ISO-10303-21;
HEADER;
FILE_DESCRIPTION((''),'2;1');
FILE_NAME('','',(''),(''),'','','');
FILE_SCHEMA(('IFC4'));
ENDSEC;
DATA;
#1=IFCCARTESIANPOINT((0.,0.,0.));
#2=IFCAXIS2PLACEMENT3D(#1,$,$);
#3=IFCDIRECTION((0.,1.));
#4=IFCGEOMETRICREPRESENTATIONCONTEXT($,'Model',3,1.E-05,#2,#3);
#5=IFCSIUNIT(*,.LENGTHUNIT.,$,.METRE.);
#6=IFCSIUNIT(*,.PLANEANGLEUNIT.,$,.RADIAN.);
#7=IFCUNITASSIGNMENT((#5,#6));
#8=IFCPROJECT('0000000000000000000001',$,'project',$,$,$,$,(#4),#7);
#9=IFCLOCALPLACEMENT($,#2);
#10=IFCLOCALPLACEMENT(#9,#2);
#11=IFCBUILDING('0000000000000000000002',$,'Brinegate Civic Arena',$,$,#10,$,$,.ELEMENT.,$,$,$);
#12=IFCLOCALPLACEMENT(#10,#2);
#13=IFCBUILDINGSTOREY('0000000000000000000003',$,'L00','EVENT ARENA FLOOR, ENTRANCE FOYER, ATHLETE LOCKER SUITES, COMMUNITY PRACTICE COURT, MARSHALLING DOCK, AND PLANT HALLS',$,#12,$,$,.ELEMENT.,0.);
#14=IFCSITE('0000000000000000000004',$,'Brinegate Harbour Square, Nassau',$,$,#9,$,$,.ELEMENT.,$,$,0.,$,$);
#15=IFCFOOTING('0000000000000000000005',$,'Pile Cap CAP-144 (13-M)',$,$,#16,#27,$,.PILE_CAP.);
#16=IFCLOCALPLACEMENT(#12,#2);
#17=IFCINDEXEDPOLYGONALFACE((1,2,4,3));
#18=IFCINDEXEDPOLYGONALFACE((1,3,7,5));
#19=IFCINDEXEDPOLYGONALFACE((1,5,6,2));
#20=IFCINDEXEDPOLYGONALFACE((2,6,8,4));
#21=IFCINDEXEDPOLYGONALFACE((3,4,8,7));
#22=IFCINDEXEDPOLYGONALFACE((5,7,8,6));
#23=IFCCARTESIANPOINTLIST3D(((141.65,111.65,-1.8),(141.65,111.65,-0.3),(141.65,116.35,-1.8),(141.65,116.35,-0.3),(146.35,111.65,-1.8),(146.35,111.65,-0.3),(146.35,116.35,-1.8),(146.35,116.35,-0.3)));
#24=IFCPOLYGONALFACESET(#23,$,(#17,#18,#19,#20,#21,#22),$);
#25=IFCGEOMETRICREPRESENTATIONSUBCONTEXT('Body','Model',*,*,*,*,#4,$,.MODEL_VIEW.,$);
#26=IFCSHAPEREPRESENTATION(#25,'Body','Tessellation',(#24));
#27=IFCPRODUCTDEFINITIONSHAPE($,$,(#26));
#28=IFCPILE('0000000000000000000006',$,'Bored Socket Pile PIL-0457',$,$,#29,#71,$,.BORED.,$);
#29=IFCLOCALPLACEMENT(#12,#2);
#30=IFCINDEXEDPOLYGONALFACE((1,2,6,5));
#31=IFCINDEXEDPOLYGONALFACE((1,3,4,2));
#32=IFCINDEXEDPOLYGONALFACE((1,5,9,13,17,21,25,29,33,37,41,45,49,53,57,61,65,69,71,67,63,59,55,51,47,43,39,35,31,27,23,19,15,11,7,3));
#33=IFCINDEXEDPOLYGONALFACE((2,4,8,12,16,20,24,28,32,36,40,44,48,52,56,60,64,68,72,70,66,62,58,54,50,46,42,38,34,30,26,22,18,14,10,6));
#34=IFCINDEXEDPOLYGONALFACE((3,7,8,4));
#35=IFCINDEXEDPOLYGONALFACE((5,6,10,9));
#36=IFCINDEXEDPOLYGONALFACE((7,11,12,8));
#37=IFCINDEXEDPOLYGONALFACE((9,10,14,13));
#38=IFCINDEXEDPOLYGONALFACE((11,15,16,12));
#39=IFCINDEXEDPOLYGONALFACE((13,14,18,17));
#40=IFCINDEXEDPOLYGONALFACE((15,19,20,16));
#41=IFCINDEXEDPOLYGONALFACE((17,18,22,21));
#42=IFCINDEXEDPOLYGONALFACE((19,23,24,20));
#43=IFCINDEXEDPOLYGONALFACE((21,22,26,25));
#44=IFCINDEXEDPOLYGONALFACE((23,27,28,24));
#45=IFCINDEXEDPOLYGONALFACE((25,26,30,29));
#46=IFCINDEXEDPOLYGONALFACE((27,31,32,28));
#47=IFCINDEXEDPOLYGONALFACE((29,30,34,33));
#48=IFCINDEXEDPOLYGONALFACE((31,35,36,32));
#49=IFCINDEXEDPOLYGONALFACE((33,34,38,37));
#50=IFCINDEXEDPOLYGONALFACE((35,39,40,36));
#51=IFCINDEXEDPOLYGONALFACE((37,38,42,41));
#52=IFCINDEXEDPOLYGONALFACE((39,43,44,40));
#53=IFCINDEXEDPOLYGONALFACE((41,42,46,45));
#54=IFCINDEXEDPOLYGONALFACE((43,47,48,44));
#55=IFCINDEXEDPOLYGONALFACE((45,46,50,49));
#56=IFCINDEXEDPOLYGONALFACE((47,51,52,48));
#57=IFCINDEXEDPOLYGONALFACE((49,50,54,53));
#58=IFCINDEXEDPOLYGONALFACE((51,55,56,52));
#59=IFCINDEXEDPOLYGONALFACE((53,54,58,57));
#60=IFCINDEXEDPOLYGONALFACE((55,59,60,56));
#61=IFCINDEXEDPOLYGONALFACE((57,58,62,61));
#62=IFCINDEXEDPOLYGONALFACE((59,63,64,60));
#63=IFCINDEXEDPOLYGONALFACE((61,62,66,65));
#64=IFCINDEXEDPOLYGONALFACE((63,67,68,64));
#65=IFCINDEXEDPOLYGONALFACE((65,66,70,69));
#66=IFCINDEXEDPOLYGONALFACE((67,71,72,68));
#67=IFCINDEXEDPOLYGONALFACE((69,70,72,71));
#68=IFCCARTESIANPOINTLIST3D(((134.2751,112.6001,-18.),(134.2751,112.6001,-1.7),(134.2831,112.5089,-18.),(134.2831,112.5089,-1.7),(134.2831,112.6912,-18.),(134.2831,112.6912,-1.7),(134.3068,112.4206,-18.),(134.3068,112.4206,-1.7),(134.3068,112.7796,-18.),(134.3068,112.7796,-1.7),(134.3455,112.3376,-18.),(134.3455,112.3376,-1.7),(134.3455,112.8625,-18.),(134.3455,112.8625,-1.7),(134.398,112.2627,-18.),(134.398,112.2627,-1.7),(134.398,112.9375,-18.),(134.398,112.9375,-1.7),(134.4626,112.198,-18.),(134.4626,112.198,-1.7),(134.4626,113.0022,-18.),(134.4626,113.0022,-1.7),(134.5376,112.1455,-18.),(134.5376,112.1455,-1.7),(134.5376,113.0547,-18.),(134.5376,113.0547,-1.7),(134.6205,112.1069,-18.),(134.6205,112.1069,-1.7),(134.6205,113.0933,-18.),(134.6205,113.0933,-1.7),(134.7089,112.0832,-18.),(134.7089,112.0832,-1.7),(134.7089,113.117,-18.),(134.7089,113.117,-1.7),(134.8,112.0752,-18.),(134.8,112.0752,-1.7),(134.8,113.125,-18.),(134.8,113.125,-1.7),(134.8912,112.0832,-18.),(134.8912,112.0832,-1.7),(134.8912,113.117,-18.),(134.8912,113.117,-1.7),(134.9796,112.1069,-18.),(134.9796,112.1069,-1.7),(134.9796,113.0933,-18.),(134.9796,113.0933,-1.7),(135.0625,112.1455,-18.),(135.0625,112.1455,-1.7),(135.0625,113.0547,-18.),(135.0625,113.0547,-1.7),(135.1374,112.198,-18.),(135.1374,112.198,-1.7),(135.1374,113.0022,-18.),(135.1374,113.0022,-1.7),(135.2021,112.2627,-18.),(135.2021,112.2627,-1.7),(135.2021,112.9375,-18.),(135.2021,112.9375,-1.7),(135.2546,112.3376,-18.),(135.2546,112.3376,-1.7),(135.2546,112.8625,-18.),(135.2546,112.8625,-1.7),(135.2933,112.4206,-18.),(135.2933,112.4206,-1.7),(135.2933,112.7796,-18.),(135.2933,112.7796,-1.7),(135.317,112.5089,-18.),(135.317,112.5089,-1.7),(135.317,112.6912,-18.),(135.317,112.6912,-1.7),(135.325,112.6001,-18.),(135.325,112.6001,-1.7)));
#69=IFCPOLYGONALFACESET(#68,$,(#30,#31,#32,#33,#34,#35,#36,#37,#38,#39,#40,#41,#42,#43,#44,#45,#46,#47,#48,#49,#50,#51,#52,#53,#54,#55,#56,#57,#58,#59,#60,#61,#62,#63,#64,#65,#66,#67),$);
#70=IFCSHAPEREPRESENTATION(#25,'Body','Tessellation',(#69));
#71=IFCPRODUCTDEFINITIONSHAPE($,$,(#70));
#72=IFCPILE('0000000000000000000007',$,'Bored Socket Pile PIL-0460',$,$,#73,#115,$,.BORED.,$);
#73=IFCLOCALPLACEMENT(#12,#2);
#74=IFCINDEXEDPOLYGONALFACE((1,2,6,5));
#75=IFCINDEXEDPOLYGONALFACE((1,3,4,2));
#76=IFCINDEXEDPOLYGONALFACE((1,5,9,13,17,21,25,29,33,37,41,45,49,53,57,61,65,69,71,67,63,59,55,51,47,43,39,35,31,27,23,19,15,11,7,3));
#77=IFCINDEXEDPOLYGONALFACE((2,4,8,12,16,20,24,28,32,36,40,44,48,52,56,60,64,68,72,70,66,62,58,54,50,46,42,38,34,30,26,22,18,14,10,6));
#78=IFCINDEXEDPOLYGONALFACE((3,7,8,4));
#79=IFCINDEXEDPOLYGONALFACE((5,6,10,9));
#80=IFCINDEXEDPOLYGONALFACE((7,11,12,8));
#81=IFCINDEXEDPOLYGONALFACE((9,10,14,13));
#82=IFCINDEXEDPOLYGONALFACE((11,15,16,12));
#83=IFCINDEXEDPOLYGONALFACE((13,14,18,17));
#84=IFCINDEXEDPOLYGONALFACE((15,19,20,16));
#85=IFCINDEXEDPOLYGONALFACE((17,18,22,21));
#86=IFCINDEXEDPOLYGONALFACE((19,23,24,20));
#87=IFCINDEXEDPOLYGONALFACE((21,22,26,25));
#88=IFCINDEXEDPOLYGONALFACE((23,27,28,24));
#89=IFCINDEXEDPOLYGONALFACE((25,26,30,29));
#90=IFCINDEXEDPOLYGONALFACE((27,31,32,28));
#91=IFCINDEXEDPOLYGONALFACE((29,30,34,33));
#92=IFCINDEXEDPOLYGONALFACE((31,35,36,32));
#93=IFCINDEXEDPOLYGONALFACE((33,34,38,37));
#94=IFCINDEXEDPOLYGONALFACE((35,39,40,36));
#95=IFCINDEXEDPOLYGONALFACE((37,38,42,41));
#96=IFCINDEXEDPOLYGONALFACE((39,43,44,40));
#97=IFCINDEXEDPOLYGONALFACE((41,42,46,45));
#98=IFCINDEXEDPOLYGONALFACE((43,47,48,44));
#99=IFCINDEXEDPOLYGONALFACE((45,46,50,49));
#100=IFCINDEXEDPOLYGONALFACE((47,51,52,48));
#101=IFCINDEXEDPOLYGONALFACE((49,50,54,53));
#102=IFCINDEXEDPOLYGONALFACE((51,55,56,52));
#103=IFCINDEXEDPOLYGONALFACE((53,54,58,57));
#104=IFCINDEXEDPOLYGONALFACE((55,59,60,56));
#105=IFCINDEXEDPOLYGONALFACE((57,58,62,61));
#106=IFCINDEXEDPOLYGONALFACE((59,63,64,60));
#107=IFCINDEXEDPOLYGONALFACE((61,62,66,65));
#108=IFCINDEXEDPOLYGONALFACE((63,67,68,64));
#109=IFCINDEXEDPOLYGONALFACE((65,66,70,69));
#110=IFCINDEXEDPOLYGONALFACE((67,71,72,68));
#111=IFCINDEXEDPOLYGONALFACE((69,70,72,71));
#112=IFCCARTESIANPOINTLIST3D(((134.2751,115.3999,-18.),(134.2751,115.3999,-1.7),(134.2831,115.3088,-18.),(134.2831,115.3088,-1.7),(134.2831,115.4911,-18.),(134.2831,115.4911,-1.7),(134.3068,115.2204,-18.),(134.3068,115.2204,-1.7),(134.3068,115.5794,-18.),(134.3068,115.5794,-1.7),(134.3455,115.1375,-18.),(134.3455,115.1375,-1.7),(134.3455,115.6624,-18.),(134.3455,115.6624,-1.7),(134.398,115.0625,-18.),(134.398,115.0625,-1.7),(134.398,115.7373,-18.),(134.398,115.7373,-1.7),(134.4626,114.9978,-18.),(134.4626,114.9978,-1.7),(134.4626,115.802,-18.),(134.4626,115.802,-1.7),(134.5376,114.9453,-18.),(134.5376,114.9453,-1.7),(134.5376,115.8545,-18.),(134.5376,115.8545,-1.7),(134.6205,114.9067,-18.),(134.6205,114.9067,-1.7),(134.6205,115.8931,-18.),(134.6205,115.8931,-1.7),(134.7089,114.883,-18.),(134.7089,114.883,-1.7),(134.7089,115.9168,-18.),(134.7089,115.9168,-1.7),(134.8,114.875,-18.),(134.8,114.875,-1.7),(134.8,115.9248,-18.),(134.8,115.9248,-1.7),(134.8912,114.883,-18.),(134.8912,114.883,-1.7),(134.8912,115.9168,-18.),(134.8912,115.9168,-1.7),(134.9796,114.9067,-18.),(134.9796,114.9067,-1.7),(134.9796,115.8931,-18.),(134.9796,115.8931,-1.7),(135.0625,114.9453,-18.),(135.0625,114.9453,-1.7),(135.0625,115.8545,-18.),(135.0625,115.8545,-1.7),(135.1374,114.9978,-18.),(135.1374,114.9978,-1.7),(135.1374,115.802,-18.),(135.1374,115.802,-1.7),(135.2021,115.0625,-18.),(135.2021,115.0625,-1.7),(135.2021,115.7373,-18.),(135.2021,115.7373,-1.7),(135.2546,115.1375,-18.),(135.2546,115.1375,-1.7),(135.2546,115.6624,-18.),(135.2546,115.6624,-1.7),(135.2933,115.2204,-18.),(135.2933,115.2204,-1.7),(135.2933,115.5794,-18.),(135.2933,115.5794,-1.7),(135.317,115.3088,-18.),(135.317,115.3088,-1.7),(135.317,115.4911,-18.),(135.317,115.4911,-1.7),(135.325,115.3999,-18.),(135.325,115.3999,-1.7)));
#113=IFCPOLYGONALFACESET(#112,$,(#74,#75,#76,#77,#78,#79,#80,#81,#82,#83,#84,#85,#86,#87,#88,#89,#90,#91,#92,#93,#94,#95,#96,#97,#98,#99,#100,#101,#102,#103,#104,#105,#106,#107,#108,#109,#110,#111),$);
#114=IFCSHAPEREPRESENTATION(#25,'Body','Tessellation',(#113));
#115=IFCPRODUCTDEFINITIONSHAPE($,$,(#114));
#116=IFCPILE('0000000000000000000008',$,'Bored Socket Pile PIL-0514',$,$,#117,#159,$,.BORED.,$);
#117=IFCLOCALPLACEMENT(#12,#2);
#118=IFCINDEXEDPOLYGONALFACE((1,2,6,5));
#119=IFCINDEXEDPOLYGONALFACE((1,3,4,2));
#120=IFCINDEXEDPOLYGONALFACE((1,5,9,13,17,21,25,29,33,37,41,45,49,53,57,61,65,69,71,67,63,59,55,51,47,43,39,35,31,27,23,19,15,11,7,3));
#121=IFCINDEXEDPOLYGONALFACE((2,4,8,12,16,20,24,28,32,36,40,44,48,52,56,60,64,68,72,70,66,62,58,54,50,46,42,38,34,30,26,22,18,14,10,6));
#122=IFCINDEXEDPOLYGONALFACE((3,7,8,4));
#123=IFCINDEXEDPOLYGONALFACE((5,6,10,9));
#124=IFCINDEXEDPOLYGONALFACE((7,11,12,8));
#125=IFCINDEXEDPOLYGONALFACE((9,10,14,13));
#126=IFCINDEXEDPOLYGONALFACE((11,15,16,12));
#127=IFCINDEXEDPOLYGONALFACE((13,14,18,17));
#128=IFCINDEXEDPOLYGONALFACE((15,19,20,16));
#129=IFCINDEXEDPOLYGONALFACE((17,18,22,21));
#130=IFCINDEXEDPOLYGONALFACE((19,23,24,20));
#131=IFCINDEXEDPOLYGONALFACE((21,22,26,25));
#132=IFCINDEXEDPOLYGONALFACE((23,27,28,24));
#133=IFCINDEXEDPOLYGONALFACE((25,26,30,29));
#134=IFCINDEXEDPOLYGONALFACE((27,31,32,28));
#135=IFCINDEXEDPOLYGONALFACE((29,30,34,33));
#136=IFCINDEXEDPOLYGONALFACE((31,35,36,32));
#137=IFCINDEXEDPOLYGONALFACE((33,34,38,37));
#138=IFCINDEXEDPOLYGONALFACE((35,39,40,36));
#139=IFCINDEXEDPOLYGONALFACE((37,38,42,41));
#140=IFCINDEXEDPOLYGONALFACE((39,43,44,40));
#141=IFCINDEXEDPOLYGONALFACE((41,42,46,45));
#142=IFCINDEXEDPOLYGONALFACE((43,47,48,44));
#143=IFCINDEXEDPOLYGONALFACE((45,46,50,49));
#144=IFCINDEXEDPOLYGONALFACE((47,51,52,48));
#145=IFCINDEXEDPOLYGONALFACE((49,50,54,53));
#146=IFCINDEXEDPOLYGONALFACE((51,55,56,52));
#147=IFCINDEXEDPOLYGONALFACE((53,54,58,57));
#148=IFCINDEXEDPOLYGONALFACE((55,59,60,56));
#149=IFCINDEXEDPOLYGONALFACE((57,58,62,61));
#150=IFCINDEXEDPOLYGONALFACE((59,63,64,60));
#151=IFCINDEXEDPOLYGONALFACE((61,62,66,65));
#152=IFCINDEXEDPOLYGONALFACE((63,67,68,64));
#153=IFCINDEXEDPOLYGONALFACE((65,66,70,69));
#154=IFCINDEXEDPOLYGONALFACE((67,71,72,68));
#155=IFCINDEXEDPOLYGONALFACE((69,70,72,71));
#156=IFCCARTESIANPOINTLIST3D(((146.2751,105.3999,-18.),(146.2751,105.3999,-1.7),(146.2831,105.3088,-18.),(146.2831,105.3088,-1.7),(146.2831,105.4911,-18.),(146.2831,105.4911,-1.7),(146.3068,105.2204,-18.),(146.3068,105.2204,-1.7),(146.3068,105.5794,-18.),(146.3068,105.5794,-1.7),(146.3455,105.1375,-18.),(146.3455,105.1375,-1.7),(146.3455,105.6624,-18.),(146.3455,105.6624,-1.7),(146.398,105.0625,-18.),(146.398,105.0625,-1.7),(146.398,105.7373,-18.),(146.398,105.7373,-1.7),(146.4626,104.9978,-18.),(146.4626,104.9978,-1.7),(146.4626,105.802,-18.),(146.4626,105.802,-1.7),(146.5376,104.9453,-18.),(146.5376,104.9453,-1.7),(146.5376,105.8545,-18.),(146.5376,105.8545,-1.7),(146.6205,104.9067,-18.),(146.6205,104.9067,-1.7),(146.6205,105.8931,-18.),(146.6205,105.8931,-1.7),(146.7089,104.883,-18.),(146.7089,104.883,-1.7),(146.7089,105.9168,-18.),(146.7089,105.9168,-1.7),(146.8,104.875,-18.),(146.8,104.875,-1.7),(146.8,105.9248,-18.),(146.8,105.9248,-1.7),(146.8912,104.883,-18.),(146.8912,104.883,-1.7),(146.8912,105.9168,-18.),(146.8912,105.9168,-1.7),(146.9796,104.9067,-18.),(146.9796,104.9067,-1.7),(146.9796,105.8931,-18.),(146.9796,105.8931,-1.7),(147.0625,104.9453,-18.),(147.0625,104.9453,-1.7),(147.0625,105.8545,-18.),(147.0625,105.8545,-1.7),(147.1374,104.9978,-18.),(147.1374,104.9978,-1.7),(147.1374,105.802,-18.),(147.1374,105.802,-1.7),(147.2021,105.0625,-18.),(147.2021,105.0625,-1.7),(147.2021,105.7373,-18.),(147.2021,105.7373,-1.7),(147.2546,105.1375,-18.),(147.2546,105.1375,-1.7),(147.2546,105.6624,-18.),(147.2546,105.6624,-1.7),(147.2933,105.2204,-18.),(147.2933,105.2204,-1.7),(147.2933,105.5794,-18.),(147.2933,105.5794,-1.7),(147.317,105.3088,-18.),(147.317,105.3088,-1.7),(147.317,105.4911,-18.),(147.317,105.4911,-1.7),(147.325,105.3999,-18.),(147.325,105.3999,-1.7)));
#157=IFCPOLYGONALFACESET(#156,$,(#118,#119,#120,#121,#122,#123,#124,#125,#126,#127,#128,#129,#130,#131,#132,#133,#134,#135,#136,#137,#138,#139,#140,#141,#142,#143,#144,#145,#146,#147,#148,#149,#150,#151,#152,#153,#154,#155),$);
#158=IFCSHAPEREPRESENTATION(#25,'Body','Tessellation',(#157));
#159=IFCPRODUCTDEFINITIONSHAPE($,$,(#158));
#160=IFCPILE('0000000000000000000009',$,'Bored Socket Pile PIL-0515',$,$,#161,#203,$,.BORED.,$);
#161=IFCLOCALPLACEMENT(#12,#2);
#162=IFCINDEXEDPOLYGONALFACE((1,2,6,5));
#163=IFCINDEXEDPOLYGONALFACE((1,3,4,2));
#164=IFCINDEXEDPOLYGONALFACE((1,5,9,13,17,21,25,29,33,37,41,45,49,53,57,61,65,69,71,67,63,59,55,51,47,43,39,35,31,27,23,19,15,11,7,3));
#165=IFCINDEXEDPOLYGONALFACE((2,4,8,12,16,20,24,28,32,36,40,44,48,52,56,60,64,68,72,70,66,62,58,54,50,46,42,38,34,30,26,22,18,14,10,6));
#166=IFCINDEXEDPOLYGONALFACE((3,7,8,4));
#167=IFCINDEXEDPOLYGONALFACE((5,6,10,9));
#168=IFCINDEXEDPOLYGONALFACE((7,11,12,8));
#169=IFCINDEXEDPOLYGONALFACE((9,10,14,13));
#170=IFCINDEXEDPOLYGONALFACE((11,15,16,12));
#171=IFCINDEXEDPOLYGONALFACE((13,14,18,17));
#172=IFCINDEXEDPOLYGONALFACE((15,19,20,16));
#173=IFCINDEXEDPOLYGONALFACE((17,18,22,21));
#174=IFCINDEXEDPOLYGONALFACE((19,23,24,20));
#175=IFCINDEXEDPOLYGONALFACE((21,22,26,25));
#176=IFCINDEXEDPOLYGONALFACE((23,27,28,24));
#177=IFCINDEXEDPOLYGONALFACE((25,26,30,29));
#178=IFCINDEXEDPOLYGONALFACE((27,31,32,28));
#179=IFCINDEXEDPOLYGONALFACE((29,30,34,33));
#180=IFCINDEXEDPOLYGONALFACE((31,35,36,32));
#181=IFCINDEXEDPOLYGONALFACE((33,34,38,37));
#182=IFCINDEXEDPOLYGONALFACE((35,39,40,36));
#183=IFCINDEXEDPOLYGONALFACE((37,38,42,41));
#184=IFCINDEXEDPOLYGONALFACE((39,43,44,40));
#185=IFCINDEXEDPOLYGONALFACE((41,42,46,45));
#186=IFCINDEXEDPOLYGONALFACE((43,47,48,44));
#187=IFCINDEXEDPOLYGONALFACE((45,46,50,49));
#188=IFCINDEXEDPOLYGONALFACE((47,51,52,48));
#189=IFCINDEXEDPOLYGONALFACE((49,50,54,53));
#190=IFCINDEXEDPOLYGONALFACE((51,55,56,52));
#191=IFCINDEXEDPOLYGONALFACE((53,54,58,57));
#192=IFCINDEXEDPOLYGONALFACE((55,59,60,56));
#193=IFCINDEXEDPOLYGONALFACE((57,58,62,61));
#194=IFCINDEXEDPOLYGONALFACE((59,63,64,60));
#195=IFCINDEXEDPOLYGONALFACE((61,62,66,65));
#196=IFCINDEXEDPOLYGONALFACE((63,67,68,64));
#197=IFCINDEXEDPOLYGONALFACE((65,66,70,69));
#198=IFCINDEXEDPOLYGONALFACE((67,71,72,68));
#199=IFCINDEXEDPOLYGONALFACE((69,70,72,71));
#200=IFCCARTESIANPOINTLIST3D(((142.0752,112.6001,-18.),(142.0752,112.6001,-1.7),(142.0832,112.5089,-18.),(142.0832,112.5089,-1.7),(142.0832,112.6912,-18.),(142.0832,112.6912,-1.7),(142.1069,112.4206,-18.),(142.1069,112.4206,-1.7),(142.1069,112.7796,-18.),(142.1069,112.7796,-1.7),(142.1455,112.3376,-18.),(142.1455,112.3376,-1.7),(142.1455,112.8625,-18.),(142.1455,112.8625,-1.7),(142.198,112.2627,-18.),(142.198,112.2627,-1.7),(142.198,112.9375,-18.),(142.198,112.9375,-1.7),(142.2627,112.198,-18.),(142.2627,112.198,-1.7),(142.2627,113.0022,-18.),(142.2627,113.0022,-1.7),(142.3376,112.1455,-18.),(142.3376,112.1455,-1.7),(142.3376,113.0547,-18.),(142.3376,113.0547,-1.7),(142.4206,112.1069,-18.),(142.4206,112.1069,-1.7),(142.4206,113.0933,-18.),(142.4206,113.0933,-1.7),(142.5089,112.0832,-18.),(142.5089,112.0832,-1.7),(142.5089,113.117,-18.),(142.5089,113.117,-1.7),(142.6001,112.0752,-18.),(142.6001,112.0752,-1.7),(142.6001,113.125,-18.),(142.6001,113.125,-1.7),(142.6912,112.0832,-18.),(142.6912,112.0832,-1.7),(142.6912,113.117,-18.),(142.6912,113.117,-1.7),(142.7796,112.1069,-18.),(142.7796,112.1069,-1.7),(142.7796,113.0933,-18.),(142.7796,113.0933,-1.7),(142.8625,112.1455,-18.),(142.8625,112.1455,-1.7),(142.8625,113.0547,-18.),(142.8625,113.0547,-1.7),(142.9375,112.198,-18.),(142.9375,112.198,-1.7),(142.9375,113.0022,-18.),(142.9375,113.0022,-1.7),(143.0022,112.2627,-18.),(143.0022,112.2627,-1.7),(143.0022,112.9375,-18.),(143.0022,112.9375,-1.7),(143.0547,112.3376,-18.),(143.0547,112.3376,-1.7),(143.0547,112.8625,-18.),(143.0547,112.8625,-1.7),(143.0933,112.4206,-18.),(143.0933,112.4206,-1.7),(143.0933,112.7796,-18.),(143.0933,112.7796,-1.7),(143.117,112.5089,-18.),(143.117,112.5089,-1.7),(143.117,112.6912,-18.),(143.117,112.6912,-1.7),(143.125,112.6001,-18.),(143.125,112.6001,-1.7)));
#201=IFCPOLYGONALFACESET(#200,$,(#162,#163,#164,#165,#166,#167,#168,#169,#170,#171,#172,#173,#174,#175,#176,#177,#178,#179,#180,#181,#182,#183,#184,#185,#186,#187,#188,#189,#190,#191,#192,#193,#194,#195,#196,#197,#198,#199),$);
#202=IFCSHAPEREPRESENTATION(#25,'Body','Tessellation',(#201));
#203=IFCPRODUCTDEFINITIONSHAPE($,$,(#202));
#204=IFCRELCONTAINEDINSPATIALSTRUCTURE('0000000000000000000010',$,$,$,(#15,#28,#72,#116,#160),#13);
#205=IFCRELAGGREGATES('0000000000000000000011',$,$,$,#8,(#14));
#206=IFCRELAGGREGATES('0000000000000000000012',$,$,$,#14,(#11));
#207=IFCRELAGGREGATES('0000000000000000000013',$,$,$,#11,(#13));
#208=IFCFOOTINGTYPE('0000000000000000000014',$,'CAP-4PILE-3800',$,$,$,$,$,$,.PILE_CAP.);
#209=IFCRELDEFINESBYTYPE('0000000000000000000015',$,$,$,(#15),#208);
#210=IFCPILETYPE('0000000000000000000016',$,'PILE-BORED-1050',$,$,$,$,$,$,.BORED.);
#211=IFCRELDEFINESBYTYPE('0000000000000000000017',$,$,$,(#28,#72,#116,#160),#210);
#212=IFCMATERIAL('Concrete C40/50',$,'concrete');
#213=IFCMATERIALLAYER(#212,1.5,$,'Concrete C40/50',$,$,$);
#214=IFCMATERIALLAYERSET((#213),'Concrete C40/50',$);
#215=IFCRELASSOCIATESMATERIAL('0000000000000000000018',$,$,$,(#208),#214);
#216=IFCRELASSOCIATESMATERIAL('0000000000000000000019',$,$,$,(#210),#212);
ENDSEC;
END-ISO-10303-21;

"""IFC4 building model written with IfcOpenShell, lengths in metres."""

from ifc_helpers import new_model, si_unit, direction, frame, origin, origin_2d, place, context, subcontext, project, spatial, rectangle, circle, extrude, material, layer, layer_set, material_profile, profile_set, type_object, element, save


model = new_model("IFC4")

# Units and contexts
model_context = context("Model", 3, precision=1e-05, world=origin(), true_north=direction((0.0, 1.0)))
body_context = subcontext(model_context, "Body", "Model", "MODEL_VIEW")
ifc_project = project(units=[si_unit("LENGTHUNIT", "METRE"), si_unit("PLANEANGLEUNIT", "RADIAN")], contexts=[model_context])

# Site, building, storey
site_placement = place(None, origin())
site = spatial("IfcSite", under=ifc_project, at=site_placement, Name="Brinegate Harbour Square, Nassau", CompositionType="ELEMENT", RefElevation=0.0)
building_placement = place(site_placement, origin())
building = spatial("IfcBuilding", under=site, at=building_placement, Name="Brinegate Civic Arena", CompositionType="ELEMENT")
storey_placement = place(building_placement, origin())
storey = spatial("IfcBuildingStorey", under=building, at=storey_placement, Name="L00", Description="EVENT ARENA FLOOR, ENTRANCE FOYER, ATHLETE LOCKER SUITES, COMMUNITY PRACTICE COURT, MARSHALLING DOCK, AND PLANT HALLS", CompositionType="ELEMENT", Elevation=0.0)

# Footing
ifc_material_1 = material(Name="Concrete C40/50", Category="concrete")
ifc_layer_1 = layer(ifc_material_1, 1.5, Name="Concrete C40/50")
ifc_layer_set_1 = layer_set([ifc_layer_1], Name="Concrete C40/50")
footing_type_1 = type_object("IfcFootingType", Name="CAP-4PILE-3800", PredefinedType="PILE_CAP", material=ifc_layer_set_1)
footing_1_placement = place(storey_placement, frame((144.0, 114.0, -1.8), z_axis=(0.0, 0.0, 1.0), x_axis=(1.0, 0.0, 0.0)))
element("IfcFooting", 1, at=footing_1_placement, inside=storey, type_object=footing_type_1, Name="Pile Cap CAP-144 (13-M)", PredefinedType="PILE_CAP", context=body_context, shape_type="SweptSolid", body=[
    extrude(rectangle(XDim=4.7, YDim=4.7, at=origin_2d()), origin(), (0.0, 0.0, 1.0), 1.5),
])

# Piles
ifc_material_profile_1 = material_profile(ifc_material_1, circle(Radius=0.5249, at=origin_2d()), Name="PILED1050")
ifc_profile_set_1 = profile_set([ifc_material_profile_1], Name="Concrete C40/50")
pile_type = type_object("IfcPileType", Name="PILE-BORED-1050", PredefinedType="BORED", material=ifc_profile_set_1)
for number, where, z_axis, x_axis, name in (
    (2, (134.8, 112.6001, -1.7), (0.0, 0.0, -1.0), (1.0, 0.0, 0.0), "Bored Socket Pile PIL-0457"),
    (3, (134.8, 115.3999, -1.7), (0.0, 0.0, -1.0), (1.0, 0.0, 0.0), "Bored Socket Pile PIL-0460"),
    (4, (146.8, 105.3999, -1.7), (0.0, 0.0, -1.0), (1.0, 0.0, 0.0), "Bored Socket Pile PIL-0514"),
    (5, (142.6001, 112.6001, -1.7), (0.0, 0.0, -1.0), (1.0, 0.0, 0.0), "Bored Socket Pile PIL-0515"),
):
    element("IfcPile", number, at=place(storey_placement, frame(where, z_axis=z_axis, x_axis=x_axis)), inside=storey, type_object=pile_type, Name=name, PredefinedType="BORED", context=body_context, shape_type="SweptSolid", body=[
        extrude(circle(Radius=0.5249, at=origin_2d()), origin(), (0.0, 0.0, 1.0), 16.3),
    ])

save(model, "model.ifc")
